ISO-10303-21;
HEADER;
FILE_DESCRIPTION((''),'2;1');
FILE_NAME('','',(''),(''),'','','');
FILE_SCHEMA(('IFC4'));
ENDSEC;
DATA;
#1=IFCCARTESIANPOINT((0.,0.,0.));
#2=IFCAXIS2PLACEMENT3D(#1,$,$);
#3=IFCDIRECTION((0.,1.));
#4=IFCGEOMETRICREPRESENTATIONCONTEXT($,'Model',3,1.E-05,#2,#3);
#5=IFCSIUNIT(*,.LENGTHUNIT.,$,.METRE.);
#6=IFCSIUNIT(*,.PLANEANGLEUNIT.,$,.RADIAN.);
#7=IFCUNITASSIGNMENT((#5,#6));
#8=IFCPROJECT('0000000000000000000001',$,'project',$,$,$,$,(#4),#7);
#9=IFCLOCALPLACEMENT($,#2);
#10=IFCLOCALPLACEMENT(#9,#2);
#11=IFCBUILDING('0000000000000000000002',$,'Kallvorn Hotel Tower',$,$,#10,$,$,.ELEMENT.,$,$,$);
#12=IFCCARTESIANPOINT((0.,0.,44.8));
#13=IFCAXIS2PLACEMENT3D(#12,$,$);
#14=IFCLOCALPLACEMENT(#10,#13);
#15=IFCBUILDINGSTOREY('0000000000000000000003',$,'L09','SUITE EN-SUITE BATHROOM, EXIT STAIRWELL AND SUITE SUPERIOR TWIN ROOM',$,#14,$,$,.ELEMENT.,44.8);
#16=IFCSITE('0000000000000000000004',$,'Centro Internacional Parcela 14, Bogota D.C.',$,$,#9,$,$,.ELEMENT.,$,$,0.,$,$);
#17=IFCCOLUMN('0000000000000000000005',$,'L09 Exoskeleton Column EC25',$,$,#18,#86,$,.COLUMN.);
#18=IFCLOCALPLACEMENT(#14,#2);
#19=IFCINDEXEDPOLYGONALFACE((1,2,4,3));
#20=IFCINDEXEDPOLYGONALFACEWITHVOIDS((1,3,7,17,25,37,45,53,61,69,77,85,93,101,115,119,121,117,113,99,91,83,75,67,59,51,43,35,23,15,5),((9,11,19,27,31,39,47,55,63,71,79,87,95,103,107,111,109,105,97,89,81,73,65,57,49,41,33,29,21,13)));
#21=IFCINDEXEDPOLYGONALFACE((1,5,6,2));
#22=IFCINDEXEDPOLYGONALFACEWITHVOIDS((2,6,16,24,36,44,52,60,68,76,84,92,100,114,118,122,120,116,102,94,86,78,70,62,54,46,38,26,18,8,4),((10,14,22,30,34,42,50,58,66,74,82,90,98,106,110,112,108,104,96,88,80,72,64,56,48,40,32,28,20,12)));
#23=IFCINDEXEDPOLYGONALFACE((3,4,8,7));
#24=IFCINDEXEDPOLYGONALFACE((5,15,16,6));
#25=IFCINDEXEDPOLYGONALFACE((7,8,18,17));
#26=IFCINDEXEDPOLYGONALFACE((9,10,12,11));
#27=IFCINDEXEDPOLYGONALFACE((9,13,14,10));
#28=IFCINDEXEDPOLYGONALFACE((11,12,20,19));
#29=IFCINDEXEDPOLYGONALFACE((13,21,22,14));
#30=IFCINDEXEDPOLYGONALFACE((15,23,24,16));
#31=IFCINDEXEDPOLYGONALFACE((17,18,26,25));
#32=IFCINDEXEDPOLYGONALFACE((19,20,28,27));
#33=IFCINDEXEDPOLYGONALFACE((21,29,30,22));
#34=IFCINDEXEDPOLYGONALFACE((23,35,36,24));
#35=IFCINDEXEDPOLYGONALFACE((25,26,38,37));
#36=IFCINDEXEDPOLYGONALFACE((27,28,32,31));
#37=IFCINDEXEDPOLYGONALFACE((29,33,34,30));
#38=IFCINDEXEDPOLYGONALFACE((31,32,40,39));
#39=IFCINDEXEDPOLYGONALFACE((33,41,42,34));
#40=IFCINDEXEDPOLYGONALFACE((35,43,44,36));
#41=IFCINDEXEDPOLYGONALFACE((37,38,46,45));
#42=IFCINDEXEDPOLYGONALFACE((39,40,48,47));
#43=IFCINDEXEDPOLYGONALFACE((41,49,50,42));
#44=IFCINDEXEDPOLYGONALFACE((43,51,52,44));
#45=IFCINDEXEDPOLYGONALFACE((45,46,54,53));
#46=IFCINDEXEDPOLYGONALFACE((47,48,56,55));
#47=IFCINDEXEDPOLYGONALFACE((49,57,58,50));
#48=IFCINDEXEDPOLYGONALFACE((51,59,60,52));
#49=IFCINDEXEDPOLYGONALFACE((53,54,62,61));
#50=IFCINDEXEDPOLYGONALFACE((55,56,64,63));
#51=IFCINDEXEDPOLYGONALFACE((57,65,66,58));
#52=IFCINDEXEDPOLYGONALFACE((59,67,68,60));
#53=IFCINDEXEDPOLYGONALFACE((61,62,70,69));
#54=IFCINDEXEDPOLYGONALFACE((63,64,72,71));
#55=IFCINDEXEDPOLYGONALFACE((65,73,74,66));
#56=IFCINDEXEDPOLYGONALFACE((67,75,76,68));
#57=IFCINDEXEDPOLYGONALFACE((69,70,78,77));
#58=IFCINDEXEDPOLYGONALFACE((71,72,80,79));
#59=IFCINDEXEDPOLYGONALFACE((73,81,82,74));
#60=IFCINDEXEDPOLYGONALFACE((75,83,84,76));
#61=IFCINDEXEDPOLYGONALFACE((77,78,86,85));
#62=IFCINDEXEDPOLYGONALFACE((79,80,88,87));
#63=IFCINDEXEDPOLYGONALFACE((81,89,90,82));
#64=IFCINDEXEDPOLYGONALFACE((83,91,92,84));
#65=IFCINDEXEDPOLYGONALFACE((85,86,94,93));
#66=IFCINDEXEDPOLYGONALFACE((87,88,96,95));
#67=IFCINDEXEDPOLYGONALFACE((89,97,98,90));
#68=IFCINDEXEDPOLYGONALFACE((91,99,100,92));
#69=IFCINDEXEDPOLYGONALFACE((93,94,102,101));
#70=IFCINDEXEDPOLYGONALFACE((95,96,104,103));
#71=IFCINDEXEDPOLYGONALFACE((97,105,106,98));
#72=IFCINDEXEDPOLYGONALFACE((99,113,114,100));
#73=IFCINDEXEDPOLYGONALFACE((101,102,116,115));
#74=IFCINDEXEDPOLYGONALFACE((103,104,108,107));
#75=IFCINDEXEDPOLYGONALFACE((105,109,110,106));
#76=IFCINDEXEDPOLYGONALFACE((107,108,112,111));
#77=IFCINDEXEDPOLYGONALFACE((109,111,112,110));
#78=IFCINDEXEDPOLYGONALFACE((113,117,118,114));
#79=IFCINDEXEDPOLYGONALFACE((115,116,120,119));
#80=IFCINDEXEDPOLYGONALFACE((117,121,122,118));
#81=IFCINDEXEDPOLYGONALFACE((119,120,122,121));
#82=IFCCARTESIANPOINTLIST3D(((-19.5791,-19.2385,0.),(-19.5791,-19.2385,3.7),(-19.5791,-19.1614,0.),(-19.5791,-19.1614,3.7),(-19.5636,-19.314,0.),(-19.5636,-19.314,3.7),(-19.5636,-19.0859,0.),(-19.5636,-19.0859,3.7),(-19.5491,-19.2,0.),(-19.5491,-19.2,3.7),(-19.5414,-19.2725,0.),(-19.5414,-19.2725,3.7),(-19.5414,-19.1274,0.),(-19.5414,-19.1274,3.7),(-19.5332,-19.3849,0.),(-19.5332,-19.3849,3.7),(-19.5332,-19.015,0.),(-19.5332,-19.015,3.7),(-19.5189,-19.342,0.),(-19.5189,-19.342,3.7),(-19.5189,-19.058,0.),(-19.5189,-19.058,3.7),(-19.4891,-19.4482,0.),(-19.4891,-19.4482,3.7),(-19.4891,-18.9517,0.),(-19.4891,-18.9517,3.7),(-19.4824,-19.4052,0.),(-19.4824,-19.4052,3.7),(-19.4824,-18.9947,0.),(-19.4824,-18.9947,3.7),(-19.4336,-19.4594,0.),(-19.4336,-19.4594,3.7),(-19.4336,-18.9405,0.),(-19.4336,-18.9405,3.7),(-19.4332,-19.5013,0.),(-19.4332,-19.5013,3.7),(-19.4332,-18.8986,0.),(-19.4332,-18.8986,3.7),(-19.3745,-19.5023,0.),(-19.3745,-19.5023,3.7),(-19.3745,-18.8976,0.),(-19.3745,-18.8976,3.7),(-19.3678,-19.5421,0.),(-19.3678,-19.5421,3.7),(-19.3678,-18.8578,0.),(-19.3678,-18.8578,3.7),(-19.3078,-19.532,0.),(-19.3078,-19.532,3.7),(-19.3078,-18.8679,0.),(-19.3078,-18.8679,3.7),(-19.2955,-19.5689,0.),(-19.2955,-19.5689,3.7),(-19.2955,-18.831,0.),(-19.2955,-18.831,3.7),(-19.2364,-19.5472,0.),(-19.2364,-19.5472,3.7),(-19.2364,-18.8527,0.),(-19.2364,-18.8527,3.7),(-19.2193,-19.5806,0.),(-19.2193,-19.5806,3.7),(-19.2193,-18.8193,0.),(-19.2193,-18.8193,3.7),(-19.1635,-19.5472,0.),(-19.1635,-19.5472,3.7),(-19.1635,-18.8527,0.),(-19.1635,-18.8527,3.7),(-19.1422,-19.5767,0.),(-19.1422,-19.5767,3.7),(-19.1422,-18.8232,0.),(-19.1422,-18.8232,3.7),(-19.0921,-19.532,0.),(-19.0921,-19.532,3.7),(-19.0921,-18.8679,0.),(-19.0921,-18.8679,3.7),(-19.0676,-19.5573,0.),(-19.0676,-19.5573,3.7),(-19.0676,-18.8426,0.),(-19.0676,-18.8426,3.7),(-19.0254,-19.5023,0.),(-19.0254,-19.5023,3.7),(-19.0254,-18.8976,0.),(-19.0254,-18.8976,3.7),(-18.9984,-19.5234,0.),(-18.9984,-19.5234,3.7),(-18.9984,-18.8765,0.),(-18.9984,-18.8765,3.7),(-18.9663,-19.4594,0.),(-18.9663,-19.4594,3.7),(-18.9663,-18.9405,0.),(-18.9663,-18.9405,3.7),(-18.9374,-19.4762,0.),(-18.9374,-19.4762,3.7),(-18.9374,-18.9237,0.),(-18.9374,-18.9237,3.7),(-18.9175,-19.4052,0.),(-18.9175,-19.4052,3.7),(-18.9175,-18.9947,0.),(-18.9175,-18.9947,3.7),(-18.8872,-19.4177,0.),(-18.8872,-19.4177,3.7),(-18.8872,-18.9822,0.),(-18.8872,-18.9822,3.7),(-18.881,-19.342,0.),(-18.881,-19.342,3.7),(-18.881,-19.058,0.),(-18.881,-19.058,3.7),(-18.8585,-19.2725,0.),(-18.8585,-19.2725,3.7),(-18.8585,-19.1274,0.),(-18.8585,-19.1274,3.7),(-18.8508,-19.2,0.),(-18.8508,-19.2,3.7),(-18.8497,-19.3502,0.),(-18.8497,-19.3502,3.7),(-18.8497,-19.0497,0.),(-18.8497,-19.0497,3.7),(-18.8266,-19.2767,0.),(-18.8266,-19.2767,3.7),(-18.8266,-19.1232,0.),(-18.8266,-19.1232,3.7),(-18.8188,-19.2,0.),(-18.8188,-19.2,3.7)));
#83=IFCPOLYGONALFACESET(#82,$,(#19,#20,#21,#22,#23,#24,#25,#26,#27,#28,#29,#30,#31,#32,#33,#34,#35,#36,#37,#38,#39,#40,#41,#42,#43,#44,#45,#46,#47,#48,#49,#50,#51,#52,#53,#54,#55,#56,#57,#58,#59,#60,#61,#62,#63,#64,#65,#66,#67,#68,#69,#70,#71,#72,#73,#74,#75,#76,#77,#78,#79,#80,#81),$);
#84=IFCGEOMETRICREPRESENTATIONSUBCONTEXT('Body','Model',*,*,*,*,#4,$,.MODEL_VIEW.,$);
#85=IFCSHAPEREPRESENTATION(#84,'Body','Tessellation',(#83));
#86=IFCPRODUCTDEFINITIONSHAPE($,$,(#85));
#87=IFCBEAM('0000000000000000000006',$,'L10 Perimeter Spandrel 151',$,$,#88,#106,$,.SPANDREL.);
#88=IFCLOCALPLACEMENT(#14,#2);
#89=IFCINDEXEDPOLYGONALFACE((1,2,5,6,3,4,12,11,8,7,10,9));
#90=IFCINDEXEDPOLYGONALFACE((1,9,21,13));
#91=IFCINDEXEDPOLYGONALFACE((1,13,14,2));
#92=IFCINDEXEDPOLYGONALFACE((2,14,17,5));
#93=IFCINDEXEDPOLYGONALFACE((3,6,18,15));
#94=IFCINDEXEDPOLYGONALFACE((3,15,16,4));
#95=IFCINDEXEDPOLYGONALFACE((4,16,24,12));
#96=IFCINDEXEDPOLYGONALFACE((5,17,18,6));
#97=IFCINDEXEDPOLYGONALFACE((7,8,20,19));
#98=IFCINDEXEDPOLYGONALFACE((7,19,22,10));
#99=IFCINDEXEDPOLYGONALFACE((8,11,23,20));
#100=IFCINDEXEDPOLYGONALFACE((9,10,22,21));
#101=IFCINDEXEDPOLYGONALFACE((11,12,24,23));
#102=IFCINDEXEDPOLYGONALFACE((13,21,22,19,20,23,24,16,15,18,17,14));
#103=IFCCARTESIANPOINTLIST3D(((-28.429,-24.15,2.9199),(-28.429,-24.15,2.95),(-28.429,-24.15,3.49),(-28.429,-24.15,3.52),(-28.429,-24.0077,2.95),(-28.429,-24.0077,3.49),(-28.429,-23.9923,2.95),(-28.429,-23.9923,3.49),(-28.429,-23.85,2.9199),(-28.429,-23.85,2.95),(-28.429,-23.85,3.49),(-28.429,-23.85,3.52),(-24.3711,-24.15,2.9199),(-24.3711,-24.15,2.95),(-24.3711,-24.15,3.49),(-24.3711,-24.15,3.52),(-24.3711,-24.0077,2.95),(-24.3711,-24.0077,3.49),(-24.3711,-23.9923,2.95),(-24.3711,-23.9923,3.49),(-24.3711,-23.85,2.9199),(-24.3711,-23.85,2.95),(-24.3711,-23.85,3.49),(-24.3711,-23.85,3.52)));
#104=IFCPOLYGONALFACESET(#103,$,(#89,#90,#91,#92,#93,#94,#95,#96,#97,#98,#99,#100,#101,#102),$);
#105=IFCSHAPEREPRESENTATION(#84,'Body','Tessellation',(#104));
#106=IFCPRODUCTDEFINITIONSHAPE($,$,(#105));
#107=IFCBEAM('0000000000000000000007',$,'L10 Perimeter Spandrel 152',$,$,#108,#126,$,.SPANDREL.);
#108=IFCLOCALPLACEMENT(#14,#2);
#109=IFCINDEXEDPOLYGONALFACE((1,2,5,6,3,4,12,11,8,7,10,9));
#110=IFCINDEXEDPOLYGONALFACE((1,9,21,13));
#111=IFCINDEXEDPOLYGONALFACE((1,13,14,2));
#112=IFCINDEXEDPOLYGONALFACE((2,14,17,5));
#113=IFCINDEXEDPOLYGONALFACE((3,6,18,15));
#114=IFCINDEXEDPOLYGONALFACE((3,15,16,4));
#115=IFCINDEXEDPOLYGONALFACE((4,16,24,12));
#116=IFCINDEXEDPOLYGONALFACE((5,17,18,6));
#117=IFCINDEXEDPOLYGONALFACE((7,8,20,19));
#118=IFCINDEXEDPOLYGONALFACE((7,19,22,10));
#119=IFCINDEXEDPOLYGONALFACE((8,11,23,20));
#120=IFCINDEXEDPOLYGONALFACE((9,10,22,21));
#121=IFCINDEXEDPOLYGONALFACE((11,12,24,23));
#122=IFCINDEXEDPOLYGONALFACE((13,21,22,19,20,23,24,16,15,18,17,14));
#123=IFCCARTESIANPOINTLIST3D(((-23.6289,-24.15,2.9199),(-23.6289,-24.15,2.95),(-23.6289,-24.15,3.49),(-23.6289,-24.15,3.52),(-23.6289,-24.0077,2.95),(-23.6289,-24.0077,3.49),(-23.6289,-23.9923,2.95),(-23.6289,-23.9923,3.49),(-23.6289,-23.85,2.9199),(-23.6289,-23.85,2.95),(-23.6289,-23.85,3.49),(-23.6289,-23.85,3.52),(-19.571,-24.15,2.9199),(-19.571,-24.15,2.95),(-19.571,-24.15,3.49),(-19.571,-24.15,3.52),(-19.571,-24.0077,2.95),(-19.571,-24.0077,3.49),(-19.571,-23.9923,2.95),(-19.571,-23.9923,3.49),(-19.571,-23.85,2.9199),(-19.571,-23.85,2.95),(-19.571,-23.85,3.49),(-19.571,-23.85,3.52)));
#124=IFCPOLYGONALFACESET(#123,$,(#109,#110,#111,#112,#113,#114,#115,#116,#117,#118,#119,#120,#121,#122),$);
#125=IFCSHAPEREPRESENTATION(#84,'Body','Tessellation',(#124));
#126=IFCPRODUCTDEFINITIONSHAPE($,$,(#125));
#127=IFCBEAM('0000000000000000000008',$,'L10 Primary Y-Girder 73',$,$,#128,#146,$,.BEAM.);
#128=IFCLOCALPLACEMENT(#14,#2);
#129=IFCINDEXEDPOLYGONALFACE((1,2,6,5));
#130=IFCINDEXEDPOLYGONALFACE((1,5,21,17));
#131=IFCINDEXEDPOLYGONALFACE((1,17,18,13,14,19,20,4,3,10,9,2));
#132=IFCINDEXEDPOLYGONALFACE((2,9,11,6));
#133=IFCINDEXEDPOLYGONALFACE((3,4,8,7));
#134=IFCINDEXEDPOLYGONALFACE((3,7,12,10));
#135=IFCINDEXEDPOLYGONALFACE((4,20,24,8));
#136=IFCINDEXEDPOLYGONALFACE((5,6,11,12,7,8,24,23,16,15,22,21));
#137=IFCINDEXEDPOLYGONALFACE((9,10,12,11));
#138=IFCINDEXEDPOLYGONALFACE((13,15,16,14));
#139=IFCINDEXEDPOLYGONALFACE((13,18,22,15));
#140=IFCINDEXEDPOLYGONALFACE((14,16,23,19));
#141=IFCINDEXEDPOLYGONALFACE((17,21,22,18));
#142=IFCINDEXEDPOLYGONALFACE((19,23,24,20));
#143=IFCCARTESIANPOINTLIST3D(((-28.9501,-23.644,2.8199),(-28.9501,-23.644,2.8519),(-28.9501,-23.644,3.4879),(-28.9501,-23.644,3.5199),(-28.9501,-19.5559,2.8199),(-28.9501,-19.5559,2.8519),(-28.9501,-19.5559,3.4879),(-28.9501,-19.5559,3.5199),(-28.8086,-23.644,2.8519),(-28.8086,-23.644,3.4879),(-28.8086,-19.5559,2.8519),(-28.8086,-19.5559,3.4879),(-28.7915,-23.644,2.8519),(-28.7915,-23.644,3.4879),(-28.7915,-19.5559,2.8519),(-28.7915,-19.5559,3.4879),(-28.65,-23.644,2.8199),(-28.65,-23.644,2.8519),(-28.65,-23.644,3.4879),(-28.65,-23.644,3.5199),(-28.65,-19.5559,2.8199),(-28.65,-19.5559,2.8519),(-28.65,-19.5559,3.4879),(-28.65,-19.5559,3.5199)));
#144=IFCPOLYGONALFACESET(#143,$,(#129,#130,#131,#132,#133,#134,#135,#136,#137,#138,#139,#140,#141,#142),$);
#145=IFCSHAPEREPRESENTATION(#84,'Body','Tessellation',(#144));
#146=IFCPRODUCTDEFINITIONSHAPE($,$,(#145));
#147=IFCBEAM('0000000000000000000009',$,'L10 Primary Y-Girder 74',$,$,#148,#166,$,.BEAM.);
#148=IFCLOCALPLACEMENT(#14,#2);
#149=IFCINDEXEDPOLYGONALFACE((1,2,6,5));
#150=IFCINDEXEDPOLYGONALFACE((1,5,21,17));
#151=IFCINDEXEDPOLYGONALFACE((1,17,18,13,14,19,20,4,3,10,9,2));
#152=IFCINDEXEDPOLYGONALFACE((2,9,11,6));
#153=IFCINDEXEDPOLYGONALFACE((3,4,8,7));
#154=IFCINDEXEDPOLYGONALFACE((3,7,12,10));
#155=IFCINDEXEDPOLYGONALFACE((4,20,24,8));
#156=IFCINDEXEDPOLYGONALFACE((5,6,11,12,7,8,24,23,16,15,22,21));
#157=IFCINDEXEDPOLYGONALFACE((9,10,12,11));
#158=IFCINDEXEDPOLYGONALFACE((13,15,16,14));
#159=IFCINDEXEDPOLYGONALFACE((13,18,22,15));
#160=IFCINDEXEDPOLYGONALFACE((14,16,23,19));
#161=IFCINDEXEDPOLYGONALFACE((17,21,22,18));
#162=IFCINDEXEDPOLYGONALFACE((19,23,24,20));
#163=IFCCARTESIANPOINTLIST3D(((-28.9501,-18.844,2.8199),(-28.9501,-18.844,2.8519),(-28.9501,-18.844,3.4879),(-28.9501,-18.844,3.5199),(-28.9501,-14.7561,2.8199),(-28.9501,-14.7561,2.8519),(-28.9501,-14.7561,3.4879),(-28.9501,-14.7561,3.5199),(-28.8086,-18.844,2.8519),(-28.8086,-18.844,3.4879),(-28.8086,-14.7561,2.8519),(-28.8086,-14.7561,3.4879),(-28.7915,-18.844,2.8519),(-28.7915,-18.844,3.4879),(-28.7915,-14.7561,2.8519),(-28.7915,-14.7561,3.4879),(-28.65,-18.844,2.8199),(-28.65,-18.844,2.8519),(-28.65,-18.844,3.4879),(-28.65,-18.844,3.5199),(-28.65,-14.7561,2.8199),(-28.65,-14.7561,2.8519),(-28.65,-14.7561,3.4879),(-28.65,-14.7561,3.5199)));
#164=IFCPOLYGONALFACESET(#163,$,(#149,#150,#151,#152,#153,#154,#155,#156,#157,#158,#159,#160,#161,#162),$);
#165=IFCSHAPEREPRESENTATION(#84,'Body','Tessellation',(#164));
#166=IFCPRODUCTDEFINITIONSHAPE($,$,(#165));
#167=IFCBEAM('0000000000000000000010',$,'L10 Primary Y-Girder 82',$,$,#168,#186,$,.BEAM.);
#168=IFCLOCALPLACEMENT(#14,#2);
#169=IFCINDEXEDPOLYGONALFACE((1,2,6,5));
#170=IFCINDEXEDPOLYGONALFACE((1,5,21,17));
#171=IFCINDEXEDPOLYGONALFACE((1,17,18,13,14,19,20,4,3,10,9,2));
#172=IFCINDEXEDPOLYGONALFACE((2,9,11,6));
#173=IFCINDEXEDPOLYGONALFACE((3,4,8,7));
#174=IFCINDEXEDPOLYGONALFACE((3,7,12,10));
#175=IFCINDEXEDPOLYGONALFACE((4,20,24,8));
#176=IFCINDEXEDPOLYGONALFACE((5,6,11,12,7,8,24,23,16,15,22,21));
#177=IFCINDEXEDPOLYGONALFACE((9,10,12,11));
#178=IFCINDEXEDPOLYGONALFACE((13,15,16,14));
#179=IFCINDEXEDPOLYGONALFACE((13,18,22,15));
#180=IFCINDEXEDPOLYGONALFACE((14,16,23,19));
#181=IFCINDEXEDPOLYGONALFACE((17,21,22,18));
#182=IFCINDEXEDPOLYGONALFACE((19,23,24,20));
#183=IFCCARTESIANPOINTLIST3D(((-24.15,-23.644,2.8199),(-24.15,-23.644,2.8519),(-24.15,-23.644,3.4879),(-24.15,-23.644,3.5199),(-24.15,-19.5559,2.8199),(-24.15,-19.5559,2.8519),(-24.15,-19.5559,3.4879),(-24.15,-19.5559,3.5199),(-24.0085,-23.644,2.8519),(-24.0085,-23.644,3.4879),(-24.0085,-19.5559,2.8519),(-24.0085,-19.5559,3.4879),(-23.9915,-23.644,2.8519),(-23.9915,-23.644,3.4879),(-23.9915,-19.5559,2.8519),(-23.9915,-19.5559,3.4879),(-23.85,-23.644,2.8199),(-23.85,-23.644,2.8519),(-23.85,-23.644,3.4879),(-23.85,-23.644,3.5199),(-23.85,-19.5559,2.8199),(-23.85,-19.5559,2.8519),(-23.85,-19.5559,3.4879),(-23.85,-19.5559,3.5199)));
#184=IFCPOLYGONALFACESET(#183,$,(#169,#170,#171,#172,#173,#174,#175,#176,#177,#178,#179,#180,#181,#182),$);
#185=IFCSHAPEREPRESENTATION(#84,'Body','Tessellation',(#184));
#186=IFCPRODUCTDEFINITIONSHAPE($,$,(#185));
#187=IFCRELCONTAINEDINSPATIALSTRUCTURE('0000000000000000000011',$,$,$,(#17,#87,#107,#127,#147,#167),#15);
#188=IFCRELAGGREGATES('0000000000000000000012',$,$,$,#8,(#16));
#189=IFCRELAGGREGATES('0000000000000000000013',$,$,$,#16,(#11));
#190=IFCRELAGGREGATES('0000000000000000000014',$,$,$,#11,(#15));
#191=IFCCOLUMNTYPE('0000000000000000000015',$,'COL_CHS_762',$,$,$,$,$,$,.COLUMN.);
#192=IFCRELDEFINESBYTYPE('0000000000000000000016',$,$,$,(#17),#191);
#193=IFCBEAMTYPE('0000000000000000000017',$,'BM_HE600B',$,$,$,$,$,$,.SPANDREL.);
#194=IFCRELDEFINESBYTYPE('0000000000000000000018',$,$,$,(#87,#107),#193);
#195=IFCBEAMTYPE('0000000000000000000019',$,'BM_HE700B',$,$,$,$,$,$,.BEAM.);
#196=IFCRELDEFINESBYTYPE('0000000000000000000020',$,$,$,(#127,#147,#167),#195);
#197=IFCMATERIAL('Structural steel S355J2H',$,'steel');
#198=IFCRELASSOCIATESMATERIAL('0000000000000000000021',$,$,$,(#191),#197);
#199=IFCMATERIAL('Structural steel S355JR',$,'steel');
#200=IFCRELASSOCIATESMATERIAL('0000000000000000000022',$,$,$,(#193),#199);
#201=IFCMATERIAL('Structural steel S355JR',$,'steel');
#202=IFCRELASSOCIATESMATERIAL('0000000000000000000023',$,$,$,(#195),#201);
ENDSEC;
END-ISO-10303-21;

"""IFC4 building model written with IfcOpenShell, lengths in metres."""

from ifc_helpers import new_model, si_unit, direction, frame, origin, origin_2d, place, context, subcontext, project, spatial, hollow_circle, i_section, extrude, material, material_profile, profile_set, type_object, element, save


model = new_model("IFC4")

# Units and contexts
model_context = context("Model", 3, precision=1e-05, world=origin(), true_north=direction((0.0, 1.0)))
body_context = subcontext(model_context, "Body", "Model", "MODEL_VIEW")
ifc_project = project(units=[si_unit("LENGTHUNIT", "METRE"), si_unit("PLANEANGLEUNIT", "RADIAN")], contexts=[model_context])

# Site, building, storey
site_placement = place(None, origin())
site = spatial("IfcSite", under=ifc_project, at=site_placement, Name="Centro Internacional Parcela 14, Bogota D.C.", CompositionType="ELEMENT", RefElevation=0.0)
building_placement = place(site_placement, origin())
building = spatial("IfcBuilding", under=site, at=building_placement, Name="Kallvorn Hotel Tower", CompositionType="ELEMENT")
storey_placement = place(building_placement, frame((0.0, 0.0, 44.8)))
storey = spatial("IfcBuildingStorey", under=building, at=storey_placement, Name="L09", Description="SUITE EN-SUITE BATHROOM, EXIT STAIRWELL AND SUITE SUPERIOR TWIN ROOM", CompositionType="ELEMENT", Elevation=44.8)

# Column
ifc_material_1 = material(Name="Structural steel S355J2H", Category="steel")
ifc_material_profile_1 = material_profile(ifc_material_1, hollow_circle(Radius=0.3811, WallThickness=0.032, at=origin_2d()), Name="CHS 762x32")
ifc_profile_set_1 = profile_set([ifc_material_profile_1], Name="Structural steel S355J2H")
column_type = type_object("IfcColumnType", Name="COL_CHS_762", PredefinedType="COLUMN", material=ifc_profile_set_1)
for number, where, z_axis, x_axis, name in (
    (1, (-19.2, -19.2, 0.0), (0.0, 0.0, 1.0), (1.0, 0.0, 0.0), "L09 Exoskeleton Column EC25"),
):
    element("IfcColumn", number, at=place(storey_placement, frame(where, z_axis=z_axis, x_axis=x_axis)), inside=storey, type_object=column_type, Name=name, PredefinedType="COLUMN", context=body_context, shape_type="SweptSolid", body=[
        extrude(hollow_circle(Radius=0.3811, WallThickness=0.032, at=origin_2d()), origin(), (0.0, 0.0, 1.0), 3.7),
    ])

# Beams
ifc_material_2 = material(Name="Structural steel S355JR", Category="steel")
ifc_material_profile_2 = material_profile(ifc_material_2, i_section(OverallWidth=0.3, OverallDepth=0.6001, WebThickness=0.0154, FlangeThickness=0.03, at=origin_2d()), Name="HE 600 B")
ifc_profile_set_2 = profile_set([ifc_material_profile_2], Name="Structural steel S355JR")
beam_type_1 = type_object("IfcBeamType", Name="BM_HE600B", PredefinedType="SPANDREL", material=ifc_profile_set_2)
for number, where, z_axis, x_axis, name in (
    (2, (-28.429, -24.0, 3.22), (1.0, 0.0, 0.0), (0.0, 1.0, 0.0), "L10 Perimeter Spandrel 151"),
    (3, (-23.6289, -24.0, 3.22), (1.0, 0.0, 0.0), (0.0, 1.0, 0.0), "L10 Perimeter Spandrel 152"),
):
    element("IfcBeam", number, at=place(storey_placement, frame(where, z_axis=z_axis, x_axis=x_axis)), inside=storey, type_object=beam_type_1, Name=name, PredefinedType="SPANDREL", context=body_context, shape_type="SweptSolid", body=[
        extrude(i_section(OverallWidth=0.3, OverallDepth=0.6001, WebThickness=0.0154, FlangeThickness=0.03, at=origin_2d()), origin(), (0.0, 0.0, 1.0), 4.0579),
    ])
ifc_material_3 = material(Name="Structural steel S355JR", Category="steel")
ifc_material_profile_3 = material_profile(ifc_material_3, i_section(OverallWidth=0.3, OverallDepth=0.7, WebThickness=0.0171, FlangeThickness=0.032, at=origin_2d()), Name="HE 700 B")
ifc_profile_set_3 = profile_set([ifc_material_profile_3], Name="Structural steel S355JR")
beam_type_2 = type_object("IfcBeamType", Name="BM_HE700B", PredefinedType="BEAM", material=ifc_profile_set_3)
beam_1_placement = place(storey_placement, frame((-28.8, -23.644, 3.1699), z_axis=(0.0, 1.0, 0.0), x_axis=(-1.0, 0.0, 0.0)))
element("IfcBeam", 4, at=beam_1_placement, inside=storey, type_object=beam_type_2, Name="L10 Primary Y-Girder 73", PredefinedType="BEAM", context=body_context, shape_type="SweptSolid", body=[
    extrude(i_section(OverallWidth=0.3, OverallDepth=0.7, WebThickness=0.0171, FlangeThickness=0.032, at=origin_2d()), origin(), (0.0, 0.0, 1.0), 4.0881),
])
beam_2_placement = place(storey_placement, frame((-28.8, -18.844, 3.1699), z_axis=(0.0, 1.0, 0.0), x_axis=(-1.0, 0.0, 0.0)))
element("IfcBeam", 5, at=beam_2_placement, inside=storey, type_object=beam_type_2, Name="L10 Primary Y-Girder 74", PredefinedType="BEAM", context=body_context, shape_type="SweptSolid", body=[
    extrude(i_section(OverallWidth=0.3, OverallDepth=0.7, WebThickness=0.0171, FlangeThickness=0.032, at=origin_2d()), origin(), (0.0, 0.0, 1.0), 4.0879),
])
beam_3_placement = place(storey_placement, frame((-24.0, -23.644, 3.1699), z_axis=(0.0, 1.0, 0.0), x_axis=(-1.0, 0.0, 0.0)))
element("IfcBeam", 6, at=beam_3_placement, inside=storey, type_object=beam_type_2, Name="L10 Primary Y-Girder 82", PredefinedType="BEAM", context=body_context, shape_type="SweptSolid", body=[
    extrude(i_section(OverallWidth=0.3, OverallDepth=0.7, WebThickness=0.0171, FlangeThickness=0.032, at=origin_2d()), origin(), (0.0, 0.0, 1.0), 4.0881),
])

save(model, "model.ifc")
